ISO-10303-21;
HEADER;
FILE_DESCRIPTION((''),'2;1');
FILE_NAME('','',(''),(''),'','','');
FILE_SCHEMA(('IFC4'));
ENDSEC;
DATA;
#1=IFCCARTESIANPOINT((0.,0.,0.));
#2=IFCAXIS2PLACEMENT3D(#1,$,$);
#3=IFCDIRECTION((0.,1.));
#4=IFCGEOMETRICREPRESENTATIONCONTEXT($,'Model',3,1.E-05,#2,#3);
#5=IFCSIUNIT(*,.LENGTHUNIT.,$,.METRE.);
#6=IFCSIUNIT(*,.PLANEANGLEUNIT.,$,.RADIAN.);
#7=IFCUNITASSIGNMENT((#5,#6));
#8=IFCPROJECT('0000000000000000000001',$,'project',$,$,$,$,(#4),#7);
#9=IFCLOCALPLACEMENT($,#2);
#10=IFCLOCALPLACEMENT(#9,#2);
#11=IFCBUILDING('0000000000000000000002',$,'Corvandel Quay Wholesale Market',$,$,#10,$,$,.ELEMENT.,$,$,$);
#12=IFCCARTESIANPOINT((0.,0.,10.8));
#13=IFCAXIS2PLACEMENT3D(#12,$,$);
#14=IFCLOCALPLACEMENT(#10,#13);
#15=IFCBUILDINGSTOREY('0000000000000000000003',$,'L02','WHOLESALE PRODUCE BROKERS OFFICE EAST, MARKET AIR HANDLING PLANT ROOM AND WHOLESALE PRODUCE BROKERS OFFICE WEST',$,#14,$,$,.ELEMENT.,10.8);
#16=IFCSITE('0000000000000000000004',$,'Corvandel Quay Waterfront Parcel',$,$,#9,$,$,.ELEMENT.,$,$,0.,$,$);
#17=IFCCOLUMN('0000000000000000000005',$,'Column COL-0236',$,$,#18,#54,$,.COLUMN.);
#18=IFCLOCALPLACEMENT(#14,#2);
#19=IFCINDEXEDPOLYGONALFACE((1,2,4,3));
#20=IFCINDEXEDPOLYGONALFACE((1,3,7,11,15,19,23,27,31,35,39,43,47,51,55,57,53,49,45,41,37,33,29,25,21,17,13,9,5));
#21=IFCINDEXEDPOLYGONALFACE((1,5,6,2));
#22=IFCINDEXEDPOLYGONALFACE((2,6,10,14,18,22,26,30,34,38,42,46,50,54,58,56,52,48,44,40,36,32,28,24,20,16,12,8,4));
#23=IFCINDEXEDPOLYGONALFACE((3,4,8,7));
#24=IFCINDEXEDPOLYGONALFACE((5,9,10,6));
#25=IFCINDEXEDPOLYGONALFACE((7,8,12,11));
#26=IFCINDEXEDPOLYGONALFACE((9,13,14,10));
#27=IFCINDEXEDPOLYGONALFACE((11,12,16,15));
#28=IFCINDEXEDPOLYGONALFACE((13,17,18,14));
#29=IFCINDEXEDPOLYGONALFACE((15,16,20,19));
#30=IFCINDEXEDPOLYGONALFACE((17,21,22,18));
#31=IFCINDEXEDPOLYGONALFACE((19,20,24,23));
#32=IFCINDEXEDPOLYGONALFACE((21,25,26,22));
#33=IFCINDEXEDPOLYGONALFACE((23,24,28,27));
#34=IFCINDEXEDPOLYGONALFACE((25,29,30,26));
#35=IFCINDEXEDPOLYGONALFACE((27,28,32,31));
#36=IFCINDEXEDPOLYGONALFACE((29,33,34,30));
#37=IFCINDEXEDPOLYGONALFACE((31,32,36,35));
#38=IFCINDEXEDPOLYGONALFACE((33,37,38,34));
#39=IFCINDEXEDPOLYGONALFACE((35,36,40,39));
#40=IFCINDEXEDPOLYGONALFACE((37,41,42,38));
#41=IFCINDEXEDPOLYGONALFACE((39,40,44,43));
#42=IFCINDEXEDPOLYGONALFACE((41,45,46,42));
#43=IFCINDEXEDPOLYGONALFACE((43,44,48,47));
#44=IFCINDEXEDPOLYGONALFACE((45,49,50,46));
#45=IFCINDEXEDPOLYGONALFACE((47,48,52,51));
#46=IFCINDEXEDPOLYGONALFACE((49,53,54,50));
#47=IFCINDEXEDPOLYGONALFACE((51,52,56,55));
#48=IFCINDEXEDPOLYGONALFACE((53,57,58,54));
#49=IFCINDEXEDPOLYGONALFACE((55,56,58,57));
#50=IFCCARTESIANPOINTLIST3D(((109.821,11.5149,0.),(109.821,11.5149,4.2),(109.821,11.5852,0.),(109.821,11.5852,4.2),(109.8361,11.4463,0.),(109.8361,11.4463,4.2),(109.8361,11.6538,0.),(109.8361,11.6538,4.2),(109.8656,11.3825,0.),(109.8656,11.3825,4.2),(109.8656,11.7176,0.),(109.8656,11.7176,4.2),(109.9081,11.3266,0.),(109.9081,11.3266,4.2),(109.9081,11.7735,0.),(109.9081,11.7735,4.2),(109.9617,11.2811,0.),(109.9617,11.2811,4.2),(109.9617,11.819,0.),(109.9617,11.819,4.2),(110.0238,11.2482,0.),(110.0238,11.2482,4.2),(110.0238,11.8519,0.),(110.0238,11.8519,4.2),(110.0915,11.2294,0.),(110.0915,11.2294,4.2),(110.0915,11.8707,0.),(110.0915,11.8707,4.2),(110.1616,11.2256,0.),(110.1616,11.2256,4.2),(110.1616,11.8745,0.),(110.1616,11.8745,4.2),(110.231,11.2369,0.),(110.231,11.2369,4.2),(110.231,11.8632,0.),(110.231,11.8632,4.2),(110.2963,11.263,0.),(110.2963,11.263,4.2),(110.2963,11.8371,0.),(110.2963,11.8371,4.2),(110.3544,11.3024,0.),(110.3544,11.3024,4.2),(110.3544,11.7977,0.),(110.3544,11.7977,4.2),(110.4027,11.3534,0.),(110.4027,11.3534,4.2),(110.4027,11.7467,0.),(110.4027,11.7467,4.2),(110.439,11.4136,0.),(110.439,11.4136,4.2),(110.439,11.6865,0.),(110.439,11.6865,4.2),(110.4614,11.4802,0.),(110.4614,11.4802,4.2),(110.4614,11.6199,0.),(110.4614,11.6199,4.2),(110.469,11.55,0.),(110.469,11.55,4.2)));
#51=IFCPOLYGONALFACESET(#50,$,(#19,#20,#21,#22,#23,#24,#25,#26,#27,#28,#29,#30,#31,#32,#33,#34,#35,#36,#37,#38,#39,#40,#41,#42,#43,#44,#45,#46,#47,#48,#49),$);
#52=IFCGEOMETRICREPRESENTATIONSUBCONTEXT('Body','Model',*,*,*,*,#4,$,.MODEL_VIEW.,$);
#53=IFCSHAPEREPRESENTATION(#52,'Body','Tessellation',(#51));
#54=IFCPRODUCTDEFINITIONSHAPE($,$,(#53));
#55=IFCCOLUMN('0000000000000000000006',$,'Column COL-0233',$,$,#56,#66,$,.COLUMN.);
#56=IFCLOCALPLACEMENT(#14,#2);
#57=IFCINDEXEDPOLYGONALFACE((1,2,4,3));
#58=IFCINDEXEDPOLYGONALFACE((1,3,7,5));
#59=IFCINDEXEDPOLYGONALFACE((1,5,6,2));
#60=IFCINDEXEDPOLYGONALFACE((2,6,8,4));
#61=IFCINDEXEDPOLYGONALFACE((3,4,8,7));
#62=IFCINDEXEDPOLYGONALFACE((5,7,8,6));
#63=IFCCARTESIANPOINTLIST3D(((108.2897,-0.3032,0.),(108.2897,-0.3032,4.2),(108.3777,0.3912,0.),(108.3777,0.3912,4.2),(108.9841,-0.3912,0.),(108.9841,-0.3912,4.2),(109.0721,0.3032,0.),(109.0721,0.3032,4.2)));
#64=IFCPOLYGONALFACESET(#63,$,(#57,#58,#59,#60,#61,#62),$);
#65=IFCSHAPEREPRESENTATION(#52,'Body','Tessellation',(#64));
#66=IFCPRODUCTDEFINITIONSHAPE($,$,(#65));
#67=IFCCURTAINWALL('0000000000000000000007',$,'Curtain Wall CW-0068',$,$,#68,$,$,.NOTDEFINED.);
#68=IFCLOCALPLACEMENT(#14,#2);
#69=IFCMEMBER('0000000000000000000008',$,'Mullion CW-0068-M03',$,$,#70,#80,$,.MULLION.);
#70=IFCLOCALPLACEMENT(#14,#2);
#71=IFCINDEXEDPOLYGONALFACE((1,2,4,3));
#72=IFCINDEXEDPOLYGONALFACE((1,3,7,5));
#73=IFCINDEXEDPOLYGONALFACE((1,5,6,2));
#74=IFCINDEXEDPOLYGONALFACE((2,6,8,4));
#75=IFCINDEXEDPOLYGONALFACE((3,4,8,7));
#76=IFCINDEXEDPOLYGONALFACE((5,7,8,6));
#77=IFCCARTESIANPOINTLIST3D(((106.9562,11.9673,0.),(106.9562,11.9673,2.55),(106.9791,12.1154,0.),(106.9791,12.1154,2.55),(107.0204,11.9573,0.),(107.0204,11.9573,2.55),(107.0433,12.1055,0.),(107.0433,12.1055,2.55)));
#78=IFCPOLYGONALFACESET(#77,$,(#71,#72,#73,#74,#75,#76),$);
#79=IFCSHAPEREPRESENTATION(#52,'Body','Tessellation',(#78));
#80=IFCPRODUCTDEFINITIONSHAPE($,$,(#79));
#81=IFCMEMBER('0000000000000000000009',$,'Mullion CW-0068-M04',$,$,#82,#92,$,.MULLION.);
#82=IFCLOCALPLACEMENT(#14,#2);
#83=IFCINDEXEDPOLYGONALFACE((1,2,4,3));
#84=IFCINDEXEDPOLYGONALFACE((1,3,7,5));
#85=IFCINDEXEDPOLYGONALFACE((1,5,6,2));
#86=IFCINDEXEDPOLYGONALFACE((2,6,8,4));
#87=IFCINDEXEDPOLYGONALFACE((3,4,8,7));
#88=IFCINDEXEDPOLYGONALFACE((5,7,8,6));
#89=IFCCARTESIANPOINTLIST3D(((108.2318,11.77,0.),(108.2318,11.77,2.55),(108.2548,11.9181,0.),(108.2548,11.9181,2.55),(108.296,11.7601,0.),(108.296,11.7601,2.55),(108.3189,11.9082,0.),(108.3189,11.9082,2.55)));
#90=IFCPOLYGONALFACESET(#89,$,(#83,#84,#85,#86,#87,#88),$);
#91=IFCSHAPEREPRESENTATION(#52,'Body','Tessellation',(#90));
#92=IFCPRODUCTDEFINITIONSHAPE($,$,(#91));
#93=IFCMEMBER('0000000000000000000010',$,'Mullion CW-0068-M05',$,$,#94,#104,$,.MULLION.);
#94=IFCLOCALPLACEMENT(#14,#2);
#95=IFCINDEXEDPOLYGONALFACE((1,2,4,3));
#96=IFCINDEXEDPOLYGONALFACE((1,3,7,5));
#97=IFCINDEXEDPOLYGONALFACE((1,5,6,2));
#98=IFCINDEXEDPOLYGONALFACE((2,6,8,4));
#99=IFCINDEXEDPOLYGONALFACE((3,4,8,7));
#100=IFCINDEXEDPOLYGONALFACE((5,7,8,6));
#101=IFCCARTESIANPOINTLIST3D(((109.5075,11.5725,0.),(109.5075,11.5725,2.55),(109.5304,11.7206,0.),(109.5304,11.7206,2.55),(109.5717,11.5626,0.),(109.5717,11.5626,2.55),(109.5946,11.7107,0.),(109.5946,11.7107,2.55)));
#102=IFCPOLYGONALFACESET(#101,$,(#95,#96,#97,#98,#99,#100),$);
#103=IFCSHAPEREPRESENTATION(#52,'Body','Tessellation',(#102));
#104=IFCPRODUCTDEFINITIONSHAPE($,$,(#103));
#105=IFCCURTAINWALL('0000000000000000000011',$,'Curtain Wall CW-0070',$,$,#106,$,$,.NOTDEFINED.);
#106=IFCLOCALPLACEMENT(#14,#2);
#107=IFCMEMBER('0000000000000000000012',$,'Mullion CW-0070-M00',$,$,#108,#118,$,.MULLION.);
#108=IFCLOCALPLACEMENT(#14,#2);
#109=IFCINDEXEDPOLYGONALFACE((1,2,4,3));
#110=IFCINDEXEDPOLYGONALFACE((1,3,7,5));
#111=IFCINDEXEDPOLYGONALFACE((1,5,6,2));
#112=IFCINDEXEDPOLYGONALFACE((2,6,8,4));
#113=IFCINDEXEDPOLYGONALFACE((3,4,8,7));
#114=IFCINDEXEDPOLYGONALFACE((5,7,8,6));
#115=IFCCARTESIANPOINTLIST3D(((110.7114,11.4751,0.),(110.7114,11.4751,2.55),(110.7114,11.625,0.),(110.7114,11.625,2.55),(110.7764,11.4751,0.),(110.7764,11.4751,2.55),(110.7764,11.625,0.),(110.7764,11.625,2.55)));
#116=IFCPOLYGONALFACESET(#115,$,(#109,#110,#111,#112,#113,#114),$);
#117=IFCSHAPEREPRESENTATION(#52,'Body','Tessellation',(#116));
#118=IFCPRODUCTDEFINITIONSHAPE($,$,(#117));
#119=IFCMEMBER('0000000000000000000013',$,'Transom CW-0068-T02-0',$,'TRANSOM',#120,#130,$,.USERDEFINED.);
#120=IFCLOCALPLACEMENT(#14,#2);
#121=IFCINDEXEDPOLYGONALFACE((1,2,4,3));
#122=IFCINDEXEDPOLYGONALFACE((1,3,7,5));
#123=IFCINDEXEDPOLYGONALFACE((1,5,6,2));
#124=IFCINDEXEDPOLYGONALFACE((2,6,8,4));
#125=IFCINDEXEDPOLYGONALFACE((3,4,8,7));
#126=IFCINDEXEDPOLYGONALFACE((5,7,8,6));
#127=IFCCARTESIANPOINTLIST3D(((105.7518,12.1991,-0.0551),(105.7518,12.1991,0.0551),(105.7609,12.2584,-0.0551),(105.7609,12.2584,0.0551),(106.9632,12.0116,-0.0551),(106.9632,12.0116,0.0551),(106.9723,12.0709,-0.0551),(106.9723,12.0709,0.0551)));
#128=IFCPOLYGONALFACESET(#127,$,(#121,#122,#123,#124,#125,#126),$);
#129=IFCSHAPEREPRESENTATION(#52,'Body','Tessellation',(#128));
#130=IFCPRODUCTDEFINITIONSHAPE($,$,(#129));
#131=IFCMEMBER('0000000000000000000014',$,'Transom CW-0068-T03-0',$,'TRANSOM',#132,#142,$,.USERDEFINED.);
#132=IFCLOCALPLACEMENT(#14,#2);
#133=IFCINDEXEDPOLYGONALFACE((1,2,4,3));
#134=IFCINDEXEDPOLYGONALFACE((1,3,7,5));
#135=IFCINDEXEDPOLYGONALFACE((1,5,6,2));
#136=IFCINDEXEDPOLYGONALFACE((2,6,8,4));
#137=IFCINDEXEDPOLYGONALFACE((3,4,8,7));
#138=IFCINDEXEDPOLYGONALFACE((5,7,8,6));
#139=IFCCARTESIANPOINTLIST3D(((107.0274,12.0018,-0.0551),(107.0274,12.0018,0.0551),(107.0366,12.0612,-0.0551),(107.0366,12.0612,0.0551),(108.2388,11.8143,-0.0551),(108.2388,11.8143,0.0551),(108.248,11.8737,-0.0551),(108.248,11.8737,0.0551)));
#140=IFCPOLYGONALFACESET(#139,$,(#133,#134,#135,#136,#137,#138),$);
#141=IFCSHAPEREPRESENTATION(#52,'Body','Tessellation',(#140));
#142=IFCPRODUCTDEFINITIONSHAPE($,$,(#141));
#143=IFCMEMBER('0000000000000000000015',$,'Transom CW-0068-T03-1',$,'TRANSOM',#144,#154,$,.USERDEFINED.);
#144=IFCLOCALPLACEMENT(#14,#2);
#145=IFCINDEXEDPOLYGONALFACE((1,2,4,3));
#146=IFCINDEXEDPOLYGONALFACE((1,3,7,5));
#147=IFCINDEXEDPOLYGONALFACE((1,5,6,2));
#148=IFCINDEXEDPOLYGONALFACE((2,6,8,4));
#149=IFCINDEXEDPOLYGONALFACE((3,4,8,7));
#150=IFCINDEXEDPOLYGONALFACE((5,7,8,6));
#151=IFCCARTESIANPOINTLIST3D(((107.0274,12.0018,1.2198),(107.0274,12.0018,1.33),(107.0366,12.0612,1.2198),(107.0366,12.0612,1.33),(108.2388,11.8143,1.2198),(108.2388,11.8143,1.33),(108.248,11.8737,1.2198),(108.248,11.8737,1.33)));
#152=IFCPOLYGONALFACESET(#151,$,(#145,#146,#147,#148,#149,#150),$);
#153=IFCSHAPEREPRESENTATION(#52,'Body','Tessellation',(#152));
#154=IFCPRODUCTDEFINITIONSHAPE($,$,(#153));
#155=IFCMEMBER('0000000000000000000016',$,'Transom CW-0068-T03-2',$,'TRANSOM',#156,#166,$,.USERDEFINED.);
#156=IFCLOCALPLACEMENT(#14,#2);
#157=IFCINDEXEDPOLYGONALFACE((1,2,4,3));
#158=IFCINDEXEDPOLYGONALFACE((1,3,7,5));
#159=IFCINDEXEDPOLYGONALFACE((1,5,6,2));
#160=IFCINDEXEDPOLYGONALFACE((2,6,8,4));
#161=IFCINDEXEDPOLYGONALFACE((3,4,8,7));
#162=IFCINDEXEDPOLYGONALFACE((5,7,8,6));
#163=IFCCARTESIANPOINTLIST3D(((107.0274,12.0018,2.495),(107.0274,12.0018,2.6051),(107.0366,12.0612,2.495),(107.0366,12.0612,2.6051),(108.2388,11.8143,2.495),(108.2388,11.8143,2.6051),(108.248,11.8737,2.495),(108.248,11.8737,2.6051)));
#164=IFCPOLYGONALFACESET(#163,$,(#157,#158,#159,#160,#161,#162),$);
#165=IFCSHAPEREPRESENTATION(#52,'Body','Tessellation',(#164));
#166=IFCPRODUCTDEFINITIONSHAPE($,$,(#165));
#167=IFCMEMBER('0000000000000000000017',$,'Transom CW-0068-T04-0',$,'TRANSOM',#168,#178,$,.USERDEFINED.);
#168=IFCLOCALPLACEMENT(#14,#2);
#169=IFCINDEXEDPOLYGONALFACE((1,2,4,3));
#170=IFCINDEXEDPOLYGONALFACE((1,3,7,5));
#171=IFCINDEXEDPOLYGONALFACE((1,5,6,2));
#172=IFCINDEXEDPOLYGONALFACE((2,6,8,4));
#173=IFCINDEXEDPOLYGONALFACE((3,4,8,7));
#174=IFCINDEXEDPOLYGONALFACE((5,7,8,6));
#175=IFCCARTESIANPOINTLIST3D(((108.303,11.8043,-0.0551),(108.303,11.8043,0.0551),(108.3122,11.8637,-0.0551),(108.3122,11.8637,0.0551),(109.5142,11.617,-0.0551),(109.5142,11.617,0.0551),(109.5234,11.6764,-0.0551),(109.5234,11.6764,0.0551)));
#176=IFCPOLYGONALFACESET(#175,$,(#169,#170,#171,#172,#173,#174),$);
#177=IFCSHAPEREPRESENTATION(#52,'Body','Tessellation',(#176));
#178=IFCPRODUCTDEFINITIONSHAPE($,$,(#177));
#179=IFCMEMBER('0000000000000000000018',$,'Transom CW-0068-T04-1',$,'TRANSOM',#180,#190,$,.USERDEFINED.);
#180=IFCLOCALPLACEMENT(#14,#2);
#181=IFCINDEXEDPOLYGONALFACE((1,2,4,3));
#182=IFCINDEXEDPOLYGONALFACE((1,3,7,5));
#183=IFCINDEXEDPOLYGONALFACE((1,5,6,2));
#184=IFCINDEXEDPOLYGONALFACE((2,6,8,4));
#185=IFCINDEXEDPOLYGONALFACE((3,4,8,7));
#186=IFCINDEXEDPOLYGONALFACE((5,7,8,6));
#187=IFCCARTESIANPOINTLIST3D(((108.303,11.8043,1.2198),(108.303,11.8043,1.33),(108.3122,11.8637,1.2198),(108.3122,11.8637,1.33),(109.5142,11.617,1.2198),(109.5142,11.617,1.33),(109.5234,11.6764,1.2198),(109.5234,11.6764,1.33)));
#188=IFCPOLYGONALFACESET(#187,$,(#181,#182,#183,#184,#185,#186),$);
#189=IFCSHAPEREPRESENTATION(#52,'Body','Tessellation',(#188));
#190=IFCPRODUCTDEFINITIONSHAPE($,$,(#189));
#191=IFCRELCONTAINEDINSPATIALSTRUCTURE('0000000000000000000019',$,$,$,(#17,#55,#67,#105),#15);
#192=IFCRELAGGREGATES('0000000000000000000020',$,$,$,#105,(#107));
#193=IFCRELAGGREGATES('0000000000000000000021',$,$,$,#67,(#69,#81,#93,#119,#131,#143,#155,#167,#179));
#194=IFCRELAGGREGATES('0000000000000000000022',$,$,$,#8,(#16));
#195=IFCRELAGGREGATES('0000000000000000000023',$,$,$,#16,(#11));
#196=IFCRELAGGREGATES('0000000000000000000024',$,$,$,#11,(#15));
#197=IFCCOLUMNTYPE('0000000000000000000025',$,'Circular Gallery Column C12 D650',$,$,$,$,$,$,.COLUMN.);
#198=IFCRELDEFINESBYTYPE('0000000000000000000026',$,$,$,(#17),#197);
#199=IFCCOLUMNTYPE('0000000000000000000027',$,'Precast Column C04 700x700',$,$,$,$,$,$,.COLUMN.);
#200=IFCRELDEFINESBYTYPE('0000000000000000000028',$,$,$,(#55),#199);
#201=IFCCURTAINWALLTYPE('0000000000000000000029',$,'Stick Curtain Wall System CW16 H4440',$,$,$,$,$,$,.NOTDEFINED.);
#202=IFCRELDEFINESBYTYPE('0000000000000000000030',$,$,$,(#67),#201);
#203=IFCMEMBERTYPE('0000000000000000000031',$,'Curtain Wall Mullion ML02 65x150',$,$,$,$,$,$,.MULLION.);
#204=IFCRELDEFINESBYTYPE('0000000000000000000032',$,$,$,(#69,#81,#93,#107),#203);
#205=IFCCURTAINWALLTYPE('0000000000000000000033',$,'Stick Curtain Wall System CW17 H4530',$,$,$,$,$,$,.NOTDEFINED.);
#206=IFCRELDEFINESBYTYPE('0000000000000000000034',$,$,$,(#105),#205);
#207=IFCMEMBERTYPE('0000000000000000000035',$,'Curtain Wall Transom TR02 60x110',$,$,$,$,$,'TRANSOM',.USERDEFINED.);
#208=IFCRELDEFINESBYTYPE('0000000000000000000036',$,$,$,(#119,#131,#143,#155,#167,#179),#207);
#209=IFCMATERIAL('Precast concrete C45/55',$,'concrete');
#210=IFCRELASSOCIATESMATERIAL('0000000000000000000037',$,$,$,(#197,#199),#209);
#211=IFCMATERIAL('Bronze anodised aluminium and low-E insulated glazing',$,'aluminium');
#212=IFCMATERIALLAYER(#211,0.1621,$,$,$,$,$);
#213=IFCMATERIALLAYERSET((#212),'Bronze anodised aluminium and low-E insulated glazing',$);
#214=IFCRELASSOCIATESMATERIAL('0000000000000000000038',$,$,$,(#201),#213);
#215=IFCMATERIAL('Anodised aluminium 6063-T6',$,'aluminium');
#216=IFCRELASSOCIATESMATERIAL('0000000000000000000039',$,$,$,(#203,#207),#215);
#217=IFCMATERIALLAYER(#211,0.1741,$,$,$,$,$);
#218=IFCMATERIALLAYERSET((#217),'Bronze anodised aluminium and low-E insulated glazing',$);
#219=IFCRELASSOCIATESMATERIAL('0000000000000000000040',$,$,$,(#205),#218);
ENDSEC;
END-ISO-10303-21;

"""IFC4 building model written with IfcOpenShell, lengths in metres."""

from ifc_helpers import new_model, si_unit, direction, frame, origin, origin_2d, place, context, subcontext, project, spatial, rectangle, circle, extrude, material, layer, layer_set, material_profile, profile_set, type_object, element, aggregate, save


model = new_model("IFC4")

# Units and contexts
model_context = context("Model", 3, precision=1e-05, world=origin(), true_north=direction((0.0, 1.0)))
body_context = subcontext(model_context, "Body", "Model", "MODEL_VIEW")
ifc_project = project(units=[si_unit("LENGTHUNIT", "METRE"), si_unit("PLANEANGLEUNIT", "RADIAN")], contexts=[model_context])

# Site, building, storey
site_placement = place(None, origin())
site = spatial("IfcSite", under=ifc_project, at=site_placement, Name="Corvandel Quay Waterfront Parcel", CompositionType="ELEMENT", RefElevation=0.0)
building_placement = place(site_placement, origin())
building = spatial("IfcBuilding", under=site, at=building_placement, Name="Corvandel Quay Wholesale Market", CompositionType="ELEMENT")
storey_placement = place(building_placement, frame((0.0, 0.0, 10.8)))
storey = spatial("IfcBuildingStorey", under=building, at=storey_placement, Name="L02", Description="WHOLESALE PRODUCE BROKERS OFFICE EAST, MARKET AIR HANDLING PLANT ROOM AND WHOLESALE PRODUCE BROKERS OFFICE WEST", CompositionType="ELEMENT", Elevation=10.8)

# Columns
ifc_material_1 = material(Name="Precast concrete C45/55", Category="concrete")
ifc_material_profile_1 = material_profile(ifc_material_1, circle(Radius=0.325, at=origin_2d()), Name="PC-COL-D650")
ifc_profile_set_1 = profile_set([ifc_material_profile_1], Name="Precast concrete C45/55")
column_type_1 = type_object("IfcColumnType", Name="Circular Gallery Column C12 D650", PredefinedType="COLUMN", material=ifc_profile_set_1)
column_1_placement = place(storey_placement, frame((110.144, 11.55, 0.0), z_axis=(0.0, 0.0, 1.0), x_axis=(1.0, 0.0, 0.0)))
element("IfcColumn", 1, at=column_1_placement, inside=storey, type_object=column_type_1, Name="Column COL-0236", PredefinedType="COLUMN", context=body_context, shape_type="SweptSolid", body=[
    extrude(circle(Radius=0.325, at=origin_2d()), origin(), (0.0, 0.0, 1.0), 4.2),
])
ifc_material_profile_2 = material_profile(ifc_material_1, rectangle(XDim=0.7, YDim=0.7, at=origin_2d()), Name="PC-COL-700x700")
ifc_profile_set_2 = profile_set([ifc_material_profile_2], Name="Precast concrete C45/55")
column_type_2 = type_object("IfcColumnType", Name="Precast Column C04 700x700", PredefinedType="COLUMN", material=ifc_profile_set_2)
column_2_placement = place(storey_placement, frame((108.6809, 0.0, 0.0), z_axis=(0.0, 0.0, 1.0), x_axis=(-0.992071, 0.12568, 0.0)))
element("IfcColumn", 2, at=column_2_placement, inside=storey, type_object=column_type_2, Name="Column COL-0233", PredefinedType="COLUMN", context=body_context, shape_type="SweptSolid", body=[
    extrude(rectangle(XDim=0.7, YDim=0.7, at=origin_2d()), origin(), (0.0, 0.0, 1.0), 4.2),
])

# Curtain wall, members
ifc_material_2 = material(Name="Bronze anodised aluminium and low-E insulated glazing", Category="aluminium")
ifc_layer_1 = layer(ifc_material_2, 0.1621)
ifc_layer_set_1 = layer_set([ifc_layer_1], Name="Bronze anodised aluminium and low-E insulated glazing")
curtain_wall_type_1 = type_object("IfcCurtainWallType", Name="Stick Curtain Wall System CW16 H4440", PredefinedType="NOTDEFINED", material=ifc_layer_set_1)
curtain_wall_1_placement = place(storey_placement, origin())
curtain_wall_1 = element("IfcCurtainWall", 3, at=curtain_wall_1_placement, inside=storey, type_object=curtain_wall_type_1, Name="Curtain Wall CW-0068", PredefinedType="NOTDEFINED")
ifc_material_3 = material(Name="Anodised aluminium 6063-T6", Category="aluminium")
ifc_material_profile_3 = material_profile(ifc_material_3, rectangle(XDim=0.0649, YDim=0.1499, at=origin_2d()), Name="ALU-MUL-65x150")
ifc_profile_set_3 = profile_set([ifc_material_profile_3], Name="Anodised aluminium 6063-T6")
member_type_1 = type_object("IfcMemberType", Name="Curtain Wall Mullion ML02 65x150", PredefinedType="MULLION", material=ifc_profile_set_3)
member_1_placement = place(storey_placement, frame((106.9998, 12.0364, 0.0), z_axis=(0.0, 0.0, 1.0), x_axis=(-0.988255, 0.152813, 0.0)))
member_1 = element("IfcMember", 4, at=member_1_placement, type_object=member_type_1, Name="Mullion CW-0068-M03", PredefinedType="MULLION", context=body_context, shape_type="SweptSolid", body=[
    extrude(rectangle(XDim=0.0649, YDim=0.1499, at=origin_2d()), origin(), (0.0, 0.0, 1.0), 2.55),
])
member_2_placement = place(storey_placement, frame((108.2754, 11.8391, 0.0), z_axis=(0.0, 0.0, 1.0), x_axis=(-0.988255, 0.152813, 0.0)))
member_2 = element("IfcMember", 5, at=member_2_placement, type_object=member_type_1, Name="Mullion CW-0068-M04", PredefinedType="MULLION", context=body_context, shape_type="SweptSolid", body=[
    extrude(rectangle(XDim=0.0649, YDim=0.1499, at=origin_2d()), origin(), (0.0, 0.0, 1.0), 2.55),
])
member_3_placement = place(storey_placement, frame((109.551, 11.6416, 0.0), z_axis=(0.0, 0.0, 1.0), x_axis=(-0.988255, 0.152813, 0.0)))
member_3 = element("IfcMember", 6, at=member_3_placement, type_object=member_type_1, Name="Mullion CW-0068-M05", PredefinedType="MULLION", context=body_context, shape_type="SweptSolid", body=[
    extrude(rectangle(XDim=0.0649, YDim=0.1499, at=origin_2d()), origin(), (0.0, 0.0, 1.0), 2.55),
])

# Curtain wall, member
ifc_layer_2 = layer(ifc_material_2, 0.1741)
ifc_layer_set_2 = layer_set([ifc_layer_2], Name="Bronze anodised aluminium and low-E insulated glazing")
curtain_wall_type_2 = type_object("IfcCurtainWallType", Name="Stick Curtain Wall System CW17 H4530", PredefinedType="NOTDEFINED", material=ifc_layer_set_2)
curtain_wall_2_placement = place(storey_placement, origin())
curtain_wall_2 = element("IfcCurtainWall", 7, at=curtain_wall_2_placement, inside=storey, type_object=curtain_wall_type_2, Name="Curtain Wall CW-0070", PredefinedType="NOTDEFINED")
member_4_placement = place(storey_placement, frame((110.7439, 11.55, 0.0), z_axis=(0.0, 0.0, 1.0), x_axis=(1.0, 0.0, 0.0)))
member_4 = element("IfcMember", 8, at=member_4_placement, type_object=member_type_1, Name="Mullion CW-0070-M00", PredefinedType="MULLION", context=body_context, shape_type="SweptSolid", body=[
    extrude(rectangle(XDim=0.0649, YDim=0.1499, at=origin_2d()), origin(), (0.0, 0.0, 1.0), 2.55),
])
aggregate(curtain_wall_2, [member_4])

# Members
ifc_material_profile_4 = material_profile(ifc_material_3, rectangle(XDim=0.0601, YDim=0.1101, at=origin_2d()), Name="ALU-TRN-60x110")
ifc_profile_set_4 = profile_set([ifc_material_profile_4], Name="Anodised aluminium 6063-T6")
member_type_2 = type_object("IfcMemberType", Name="Curtain Wall Transom TR02 60x110", ElementType="TRANSOM", PredefinedType="USERDEFINED", material=ifc_profile_set_4)
member_5_placement = place(storey_placement, frame((105.7563, 12.2288, 0.0), z_axis=(0.988233, -0.152955, 0.0), x_axis=(0.152955, 0.988233, 0.0)))
member_5 = element("IfcMember", 9, at=member_5_placement, type_object=member_type_2, Name="Transom CW-0068-T02-0", ObjectType="TRANSOM", PredefinedType="USERDEFINED", context=body_context, shape_type="SweptSolid", body=[
    extrude(rectangle(XDim=0.0601, YDim=0.1101, at=origin_2d()), origin(), (0.0, 0.0, 1.0), 1.2258),
])
member_6_placement = place(storey_placement, frame((107.032, 12.0315, 0.0), z_axis=(0.988233, -0.152955, 0.0), x_axis=(0.152955, 0.988233, 0.0)))
member_6 = element("IfcMember", 10, at=member_6_placement, type_object=member_type_2, Name="Transom CW-0068-T03-0", ObjectType="TRANSOM", PredefinedType="USERDEFINED", context=body_context, shape_type="SweptSolid", body=[
    extrude(rectangle(XDim=0.0601, YDim=0.1101, at=origin_2d()), origin(), (0.0, 0.0, 1.0), 1.2258),
])
member_7_placement = place(storey_placement, frame((107.032, 12.0315, 1.2749), z_axis=(0.988233, -0.152955, 0.0), x_axis=(0.152955, 0.988233, 0.0)))
member_7 = element("IfcMember", 11, at=member_7_placement, type_object=member_type_2, Name="Transom CW-0068-T03-1", ObjectType="TRANSOM", PredefinedType="USERDEFINED", context=body_context, shape_type="SweptSolid", body=[
    extrude(rectangle(XDim=0.0601, YDim=0.1101, at=origin_2d()), origin(), (0.0, 0.0, 1.0), 1.2258),
])
member_8_placement = place(storey_placement, frame((107.032, 12.0315, 2.55), z_axis=(0.988233, -0.152955, 0.0), x_axis=(0.152955, 0.988233, 0.0)))
member_8 = element("IfcMember", 12, at=member_8_placement, type_object=member_type_2, Name="Transom CW-0068-T03-2", ObjectType="TRANSOM", PredefinedType="USERDEFINED", context=body_context, shape_type="SweptSolid", body=[
    extrude(rectangle(XDim=0.0601, YDim=0.1101, at=origin_2d()), origin(), (0.0, 0.0, 1.0), 1.2258),
])
member_9_placement = place(storey_placement, frame((108.3076, 11.834, 0.0), z_axis=(0.988259, -0.152791, 0.0), x_axis=(0.152791, 0.988259, 0.0)))
member_9 = element("IfcMember", 13, at=member_9_placement, type_object=member_type_2, Name="Transom CW-0068-T04-0", ObjectType="TRANSOM", PredefinedType="USERDEFINED", context=body_context, shape_type="SweptSolid", body=[
    extrude(rectangle(XDim=0.0601, YDim=0.1101, at=origin_2d()), origin(), (0.0, 0.0, 1.0), 1.2256),
])
member_10_placement = place(storey_placement, frame((108.3076, 11.834, 1.2749), z_axis=(0.988259, -0.152791, 0.0), x_axis=(0.152791, 0.988259, 0.0)))
member_10 = element("IfcMember", 14, at=member_10_placement, type_object=member_type_2, Name="Transom CW-0068-T04-1", ObjectType="TRANSOM", PredefinedType="USERDEFINED", context=body_context, shape_type="SweptSolid", body=[
    extrude(rectangle(XDim=0.0601, YDim=0.1101, at=origin_2d()), origin(), (0.0, 0.0, 1.0), 1.2256),
])

aggregate(curtain_wall_1, [member_1, member_2, member_3, member_5, member_6, member_7, member_8, member_9, member_10])

save(model, "model.ifc")
